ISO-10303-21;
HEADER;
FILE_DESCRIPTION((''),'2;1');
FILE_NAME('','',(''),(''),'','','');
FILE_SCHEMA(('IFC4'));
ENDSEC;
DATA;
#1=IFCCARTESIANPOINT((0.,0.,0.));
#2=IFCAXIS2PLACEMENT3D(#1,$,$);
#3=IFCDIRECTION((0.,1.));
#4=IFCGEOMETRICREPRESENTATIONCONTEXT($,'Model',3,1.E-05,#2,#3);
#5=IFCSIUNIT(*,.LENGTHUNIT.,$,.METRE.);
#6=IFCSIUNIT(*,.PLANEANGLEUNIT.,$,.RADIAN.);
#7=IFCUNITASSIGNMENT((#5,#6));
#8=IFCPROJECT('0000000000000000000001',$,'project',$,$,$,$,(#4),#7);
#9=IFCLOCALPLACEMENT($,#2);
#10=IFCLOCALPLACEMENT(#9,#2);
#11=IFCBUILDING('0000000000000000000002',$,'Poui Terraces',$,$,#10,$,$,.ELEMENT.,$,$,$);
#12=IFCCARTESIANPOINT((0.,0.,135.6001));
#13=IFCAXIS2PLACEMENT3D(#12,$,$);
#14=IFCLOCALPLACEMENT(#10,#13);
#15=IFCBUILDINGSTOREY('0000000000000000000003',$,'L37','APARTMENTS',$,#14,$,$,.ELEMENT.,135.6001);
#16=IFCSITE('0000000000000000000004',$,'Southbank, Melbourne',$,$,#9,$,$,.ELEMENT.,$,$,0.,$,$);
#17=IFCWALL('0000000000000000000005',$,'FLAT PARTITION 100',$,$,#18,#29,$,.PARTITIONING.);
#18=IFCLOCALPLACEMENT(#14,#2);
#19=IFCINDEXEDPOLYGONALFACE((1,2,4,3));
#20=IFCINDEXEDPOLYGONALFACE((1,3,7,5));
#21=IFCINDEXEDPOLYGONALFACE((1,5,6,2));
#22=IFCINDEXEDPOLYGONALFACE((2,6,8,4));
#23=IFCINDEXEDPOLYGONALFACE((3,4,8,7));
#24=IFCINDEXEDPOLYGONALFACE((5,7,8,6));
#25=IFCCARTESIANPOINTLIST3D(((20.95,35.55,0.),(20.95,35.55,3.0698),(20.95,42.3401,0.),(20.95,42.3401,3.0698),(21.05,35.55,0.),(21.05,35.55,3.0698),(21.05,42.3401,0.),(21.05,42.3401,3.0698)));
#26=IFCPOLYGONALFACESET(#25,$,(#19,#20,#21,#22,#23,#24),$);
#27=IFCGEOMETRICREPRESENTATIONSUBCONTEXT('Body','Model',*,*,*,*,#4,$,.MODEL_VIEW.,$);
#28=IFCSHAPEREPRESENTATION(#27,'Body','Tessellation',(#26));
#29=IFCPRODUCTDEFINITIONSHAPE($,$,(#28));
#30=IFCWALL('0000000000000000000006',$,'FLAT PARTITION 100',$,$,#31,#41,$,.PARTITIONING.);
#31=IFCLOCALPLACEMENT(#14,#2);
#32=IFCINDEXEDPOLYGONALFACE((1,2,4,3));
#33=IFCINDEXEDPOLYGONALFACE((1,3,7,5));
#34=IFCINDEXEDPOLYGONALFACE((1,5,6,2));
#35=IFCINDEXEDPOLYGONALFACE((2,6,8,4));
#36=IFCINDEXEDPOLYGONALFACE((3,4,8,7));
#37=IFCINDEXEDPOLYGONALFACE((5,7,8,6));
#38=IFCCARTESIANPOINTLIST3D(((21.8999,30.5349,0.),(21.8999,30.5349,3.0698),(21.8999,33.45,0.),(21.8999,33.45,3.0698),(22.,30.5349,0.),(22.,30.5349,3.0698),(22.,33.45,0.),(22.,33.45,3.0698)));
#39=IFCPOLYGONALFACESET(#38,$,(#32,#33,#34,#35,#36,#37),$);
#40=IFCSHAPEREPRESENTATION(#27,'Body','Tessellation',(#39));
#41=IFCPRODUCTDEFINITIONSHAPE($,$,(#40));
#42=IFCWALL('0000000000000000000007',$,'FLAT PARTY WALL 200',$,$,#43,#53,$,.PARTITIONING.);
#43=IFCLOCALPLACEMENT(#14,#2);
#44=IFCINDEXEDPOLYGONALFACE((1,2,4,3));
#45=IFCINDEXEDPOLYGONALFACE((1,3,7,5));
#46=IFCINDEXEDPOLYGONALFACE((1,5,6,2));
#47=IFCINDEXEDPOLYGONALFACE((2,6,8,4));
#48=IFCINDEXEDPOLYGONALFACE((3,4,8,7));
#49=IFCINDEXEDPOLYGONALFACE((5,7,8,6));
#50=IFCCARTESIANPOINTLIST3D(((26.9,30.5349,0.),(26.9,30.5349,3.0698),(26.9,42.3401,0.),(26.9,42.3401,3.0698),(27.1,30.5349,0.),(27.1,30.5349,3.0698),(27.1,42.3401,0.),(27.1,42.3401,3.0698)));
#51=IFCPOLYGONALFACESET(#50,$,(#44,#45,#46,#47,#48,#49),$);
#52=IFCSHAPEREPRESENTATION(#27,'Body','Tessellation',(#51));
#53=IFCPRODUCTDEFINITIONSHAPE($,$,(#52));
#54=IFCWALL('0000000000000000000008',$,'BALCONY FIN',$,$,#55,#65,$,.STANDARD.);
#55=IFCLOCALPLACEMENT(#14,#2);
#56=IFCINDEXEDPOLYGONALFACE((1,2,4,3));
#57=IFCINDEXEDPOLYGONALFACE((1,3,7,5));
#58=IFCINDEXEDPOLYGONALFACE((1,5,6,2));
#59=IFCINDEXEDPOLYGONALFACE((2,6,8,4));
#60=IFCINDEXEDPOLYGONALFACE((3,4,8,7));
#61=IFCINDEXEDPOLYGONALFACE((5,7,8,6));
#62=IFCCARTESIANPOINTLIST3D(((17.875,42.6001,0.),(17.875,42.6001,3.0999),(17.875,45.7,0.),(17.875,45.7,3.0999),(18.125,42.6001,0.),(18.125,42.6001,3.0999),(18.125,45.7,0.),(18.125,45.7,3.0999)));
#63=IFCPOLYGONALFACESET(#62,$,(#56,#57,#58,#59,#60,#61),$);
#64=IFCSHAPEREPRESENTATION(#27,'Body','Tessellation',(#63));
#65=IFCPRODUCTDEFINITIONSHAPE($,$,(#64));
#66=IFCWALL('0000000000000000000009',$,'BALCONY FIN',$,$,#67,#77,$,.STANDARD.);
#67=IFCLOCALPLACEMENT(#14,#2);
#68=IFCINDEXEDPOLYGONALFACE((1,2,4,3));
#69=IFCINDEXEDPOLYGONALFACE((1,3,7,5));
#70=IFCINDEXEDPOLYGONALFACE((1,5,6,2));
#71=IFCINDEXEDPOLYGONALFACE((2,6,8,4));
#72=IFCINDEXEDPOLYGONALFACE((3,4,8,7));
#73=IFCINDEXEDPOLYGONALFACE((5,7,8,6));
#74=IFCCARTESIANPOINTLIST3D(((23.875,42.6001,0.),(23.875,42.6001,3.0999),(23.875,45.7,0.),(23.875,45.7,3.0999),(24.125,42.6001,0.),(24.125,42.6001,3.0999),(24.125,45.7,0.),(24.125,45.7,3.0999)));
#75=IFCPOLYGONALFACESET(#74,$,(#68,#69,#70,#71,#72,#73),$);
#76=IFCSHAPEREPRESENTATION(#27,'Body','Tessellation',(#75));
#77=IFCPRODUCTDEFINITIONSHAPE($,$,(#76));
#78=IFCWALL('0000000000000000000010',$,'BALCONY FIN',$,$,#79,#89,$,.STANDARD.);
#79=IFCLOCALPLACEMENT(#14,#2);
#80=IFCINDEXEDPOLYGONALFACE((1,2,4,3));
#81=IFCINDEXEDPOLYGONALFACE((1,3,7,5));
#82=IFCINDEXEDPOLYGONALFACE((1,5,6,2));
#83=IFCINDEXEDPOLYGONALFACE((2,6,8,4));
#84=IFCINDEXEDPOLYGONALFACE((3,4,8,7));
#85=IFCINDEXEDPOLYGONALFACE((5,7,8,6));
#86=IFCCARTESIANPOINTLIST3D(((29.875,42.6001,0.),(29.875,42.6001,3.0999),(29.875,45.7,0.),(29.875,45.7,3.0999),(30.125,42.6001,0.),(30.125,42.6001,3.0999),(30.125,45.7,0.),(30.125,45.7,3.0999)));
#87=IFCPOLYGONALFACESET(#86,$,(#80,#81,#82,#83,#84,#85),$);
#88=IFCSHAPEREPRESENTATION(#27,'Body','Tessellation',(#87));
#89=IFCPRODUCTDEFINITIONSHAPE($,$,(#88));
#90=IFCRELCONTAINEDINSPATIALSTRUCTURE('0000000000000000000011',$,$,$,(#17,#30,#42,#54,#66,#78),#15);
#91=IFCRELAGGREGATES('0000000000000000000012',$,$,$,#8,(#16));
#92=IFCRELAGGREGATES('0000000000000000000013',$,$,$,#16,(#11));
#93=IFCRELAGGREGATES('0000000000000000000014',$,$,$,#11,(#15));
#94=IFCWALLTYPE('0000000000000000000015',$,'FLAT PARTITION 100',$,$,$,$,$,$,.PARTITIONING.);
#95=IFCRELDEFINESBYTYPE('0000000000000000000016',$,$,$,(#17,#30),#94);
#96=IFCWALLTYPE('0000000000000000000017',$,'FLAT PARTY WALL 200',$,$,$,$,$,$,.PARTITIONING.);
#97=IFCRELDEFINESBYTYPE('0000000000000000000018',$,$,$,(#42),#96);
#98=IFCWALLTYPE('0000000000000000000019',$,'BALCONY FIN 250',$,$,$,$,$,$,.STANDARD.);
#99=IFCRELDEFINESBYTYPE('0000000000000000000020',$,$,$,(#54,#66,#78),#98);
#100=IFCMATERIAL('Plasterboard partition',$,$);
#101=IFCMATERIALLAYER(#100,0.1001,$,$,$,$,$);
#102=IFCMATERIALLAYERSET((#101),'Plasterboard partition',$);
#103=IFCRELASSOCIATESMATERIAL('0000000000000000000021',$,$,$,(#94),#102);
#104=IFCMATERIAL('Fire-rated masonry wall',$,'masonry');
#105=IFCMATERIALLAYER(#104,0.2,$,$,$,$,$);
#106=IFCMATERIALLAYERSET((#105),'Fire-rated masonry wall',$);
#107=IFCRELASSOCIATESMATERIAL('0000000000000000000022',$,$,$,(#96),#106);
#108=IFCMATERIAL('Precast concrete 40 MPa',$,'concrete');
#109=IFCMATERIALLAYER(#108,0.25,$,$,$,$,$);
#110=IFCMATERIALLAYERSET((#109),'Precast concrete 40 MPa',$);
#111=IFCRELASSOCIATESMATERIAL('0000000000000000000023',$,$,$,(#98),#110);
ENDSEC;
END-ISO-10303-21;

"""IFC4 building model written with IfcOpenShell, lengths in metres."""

from ifc_helpers import new_model, si_unit, direction, frame, frame_2d, origin, place, context, subcontext, project, spatial, polyline, rectangle, outline, extrude, source, transform, mapped, material, layer, layer_set, type_object, element, save


model = new_model("IFC4")

# Units and contexts
model_context = context("Model", 3, precision=1e-05, world=origin(), true_north=direction((0.0, 1.0)))
body_context = subcontext(model_context, "Body", "Model", "MODEL_VIEW")
ifc_project = project(units=[si_unit("LENGTHUNIT", "METRE"), si_unit("PLANEANGLEUNIT", "RADIAN")], contexts=[model_context])

# Site, building, storey
site_placement = place(None, origin())
site = spatial("IfcSite", under=ifc_project, at=site_placement, Name="Southbank, Melbourne", CompositionType="ELEMENT", RefElevation=0.0)
building_placement = place(site_placement, origin())
building = spatial("IfcBuilding", under=site, at=building_placement, Name="Poui Terraces", CompositionType="ELEMENT")
storey_placement = place(building_placement, frame((0.0, 0.0, 135.6001)))
storey = spatial("IfcBuildingStorey", under=building, at=storey_placement, Name="L37", Description="APARTMENTS", CompositionType="ELEMENT", Elevation=135.6001)

# Shared definitions
ifc_material_1 = material(Name="Plasterboard partition")
ifc_layer_1 = layer(ifc_material_1, 0.1001)
ifc_layer_set_1 = layer_set([ifc_layer_1], Name="Plasterboard partition")
wall_type_1 = type_object("IfcWallType", Name="FLAT PARTITION 100", PredefinedType="PARTITIONING", material=ifc_layer_set_1)

# Walls
wall_1_placement = place(storey_placement, frame((21.0, 35.55, 0.0), z_axis=(0.0, 0.0, 1.0), x_axis=(0.0, 1.0, 0.0)))
element("IfcWall", 1, at=wall_1_placement, inside=storey, type_object=wall_type_1, Name="FLAT PARTITION 100", PredefinedType="PARTITIONING", context=body_context, shape_type="SweptSolid", body=[
    extrude(rectangle(XDim=6.79, YDim=0.1001, at=frame_2d((3.395, 0.0))), origin(), (0.0, 0.0, 1.0), 3.0698),
])
wall_2_placement = place(storey_placement, frame((21.95, 30.5349, 0.0), z_axis=(0.0, 0.0, 1.0), x_axis=(0.0, 1.0, 0.0)))
element("IfcWall", 2, at=wall_2_placement, inside=storey, type_object=wall_type_1, Name="FLAT PARTITION 100", PredefinedType="PARTITIONING", context=body_context, shape_type="SweptSolid", body=[
    extrude(rectangle(XDim=2.915, YDim=0.1001, at=frame_2d((1.4575, 0.0))), origin(), (0.0, 0.0, 1.0), 3.0698),
])
ifc_material_2 = material(Name="Fire-rated masonry wall", Category="masonry")
ifc_layer_2 = layer(ifc_material_2, 0.2)
ifc_layer_set_2 = layer_set([ifc_layer_2], Name="Fire-rated masonry wall")
wall_type_2 = type_object("IfcWallType", Name="FLAT PARTY WALL 200", PredefinedType="PARTITIONING", material=ifc_layer_set_2)
wall_3_placement = place(storey_placement, frame((27.0, 30.5349, 0.0), z_axis=(0.0, 0.0, 1.0), x_axis=(0.0, 1.0, 0.0)))
element("IfcWall", 3, at=wall_3_placement, inside=storey, type_object=wall_type_2, Name="FLAT PARTY WALL 200", PredefinedType="PARTITIONING", context=body_context, shape_type="SweptSolid", body=[
    extrude(rectangle(XDim=11.8052, YDim=0.2, at=frame_2d((5.9026, 0.0))), origin(), (0.0, 0.0, 1.0), 3.0698),
])
ifc_material_3 = material(Name="Precast concrete 40 MPa", Category="concrete")
ifc_layer_3 = layer(ifc_material_3, 0.25)
ifc_layer_set_3 = layer_set([ifc_layer_3], Name="Precast concrete 40 MPa")
wall_type_3 = type_object("IfcWallType", Name="BALCONY FIN 250", PredefinedType="STANDARD", material=ifc_layer_set_3)
shared_shape_1 = source(origin(), body_context, "Body", "SweptSolid", [
    extrude(outline(polyline([(0.0, 0.0), (0.25, 0.0), (0.25, 3.0999), (0.0, 3.0999), (0.0, 0.0)])), origin(), (0.0, 0.0, 1.0), 3.0999),
])
for number, where, name in (
    (4, (17.875, 42.6001, 0.0), "BALCONY FIN"),
    (5, (23.875, 42.6001, 0.0), "BALCONY FIN"),
    (6, (29.875, 42.6001, 0.0), "BALCONY FIN"),
):
    element("IfcWall", number, at=place(storey_placement, frame(where)), inside=storey, type_object=wall_type_3, Name=name, PredefinedType="STANDARD", context=body_context, shape_type="MappedRepresentation", body=[
        mapped(shared_shape_1, transform((0.0, 0.0, 0.0))),
    ])

save(model, "model.ifc")
